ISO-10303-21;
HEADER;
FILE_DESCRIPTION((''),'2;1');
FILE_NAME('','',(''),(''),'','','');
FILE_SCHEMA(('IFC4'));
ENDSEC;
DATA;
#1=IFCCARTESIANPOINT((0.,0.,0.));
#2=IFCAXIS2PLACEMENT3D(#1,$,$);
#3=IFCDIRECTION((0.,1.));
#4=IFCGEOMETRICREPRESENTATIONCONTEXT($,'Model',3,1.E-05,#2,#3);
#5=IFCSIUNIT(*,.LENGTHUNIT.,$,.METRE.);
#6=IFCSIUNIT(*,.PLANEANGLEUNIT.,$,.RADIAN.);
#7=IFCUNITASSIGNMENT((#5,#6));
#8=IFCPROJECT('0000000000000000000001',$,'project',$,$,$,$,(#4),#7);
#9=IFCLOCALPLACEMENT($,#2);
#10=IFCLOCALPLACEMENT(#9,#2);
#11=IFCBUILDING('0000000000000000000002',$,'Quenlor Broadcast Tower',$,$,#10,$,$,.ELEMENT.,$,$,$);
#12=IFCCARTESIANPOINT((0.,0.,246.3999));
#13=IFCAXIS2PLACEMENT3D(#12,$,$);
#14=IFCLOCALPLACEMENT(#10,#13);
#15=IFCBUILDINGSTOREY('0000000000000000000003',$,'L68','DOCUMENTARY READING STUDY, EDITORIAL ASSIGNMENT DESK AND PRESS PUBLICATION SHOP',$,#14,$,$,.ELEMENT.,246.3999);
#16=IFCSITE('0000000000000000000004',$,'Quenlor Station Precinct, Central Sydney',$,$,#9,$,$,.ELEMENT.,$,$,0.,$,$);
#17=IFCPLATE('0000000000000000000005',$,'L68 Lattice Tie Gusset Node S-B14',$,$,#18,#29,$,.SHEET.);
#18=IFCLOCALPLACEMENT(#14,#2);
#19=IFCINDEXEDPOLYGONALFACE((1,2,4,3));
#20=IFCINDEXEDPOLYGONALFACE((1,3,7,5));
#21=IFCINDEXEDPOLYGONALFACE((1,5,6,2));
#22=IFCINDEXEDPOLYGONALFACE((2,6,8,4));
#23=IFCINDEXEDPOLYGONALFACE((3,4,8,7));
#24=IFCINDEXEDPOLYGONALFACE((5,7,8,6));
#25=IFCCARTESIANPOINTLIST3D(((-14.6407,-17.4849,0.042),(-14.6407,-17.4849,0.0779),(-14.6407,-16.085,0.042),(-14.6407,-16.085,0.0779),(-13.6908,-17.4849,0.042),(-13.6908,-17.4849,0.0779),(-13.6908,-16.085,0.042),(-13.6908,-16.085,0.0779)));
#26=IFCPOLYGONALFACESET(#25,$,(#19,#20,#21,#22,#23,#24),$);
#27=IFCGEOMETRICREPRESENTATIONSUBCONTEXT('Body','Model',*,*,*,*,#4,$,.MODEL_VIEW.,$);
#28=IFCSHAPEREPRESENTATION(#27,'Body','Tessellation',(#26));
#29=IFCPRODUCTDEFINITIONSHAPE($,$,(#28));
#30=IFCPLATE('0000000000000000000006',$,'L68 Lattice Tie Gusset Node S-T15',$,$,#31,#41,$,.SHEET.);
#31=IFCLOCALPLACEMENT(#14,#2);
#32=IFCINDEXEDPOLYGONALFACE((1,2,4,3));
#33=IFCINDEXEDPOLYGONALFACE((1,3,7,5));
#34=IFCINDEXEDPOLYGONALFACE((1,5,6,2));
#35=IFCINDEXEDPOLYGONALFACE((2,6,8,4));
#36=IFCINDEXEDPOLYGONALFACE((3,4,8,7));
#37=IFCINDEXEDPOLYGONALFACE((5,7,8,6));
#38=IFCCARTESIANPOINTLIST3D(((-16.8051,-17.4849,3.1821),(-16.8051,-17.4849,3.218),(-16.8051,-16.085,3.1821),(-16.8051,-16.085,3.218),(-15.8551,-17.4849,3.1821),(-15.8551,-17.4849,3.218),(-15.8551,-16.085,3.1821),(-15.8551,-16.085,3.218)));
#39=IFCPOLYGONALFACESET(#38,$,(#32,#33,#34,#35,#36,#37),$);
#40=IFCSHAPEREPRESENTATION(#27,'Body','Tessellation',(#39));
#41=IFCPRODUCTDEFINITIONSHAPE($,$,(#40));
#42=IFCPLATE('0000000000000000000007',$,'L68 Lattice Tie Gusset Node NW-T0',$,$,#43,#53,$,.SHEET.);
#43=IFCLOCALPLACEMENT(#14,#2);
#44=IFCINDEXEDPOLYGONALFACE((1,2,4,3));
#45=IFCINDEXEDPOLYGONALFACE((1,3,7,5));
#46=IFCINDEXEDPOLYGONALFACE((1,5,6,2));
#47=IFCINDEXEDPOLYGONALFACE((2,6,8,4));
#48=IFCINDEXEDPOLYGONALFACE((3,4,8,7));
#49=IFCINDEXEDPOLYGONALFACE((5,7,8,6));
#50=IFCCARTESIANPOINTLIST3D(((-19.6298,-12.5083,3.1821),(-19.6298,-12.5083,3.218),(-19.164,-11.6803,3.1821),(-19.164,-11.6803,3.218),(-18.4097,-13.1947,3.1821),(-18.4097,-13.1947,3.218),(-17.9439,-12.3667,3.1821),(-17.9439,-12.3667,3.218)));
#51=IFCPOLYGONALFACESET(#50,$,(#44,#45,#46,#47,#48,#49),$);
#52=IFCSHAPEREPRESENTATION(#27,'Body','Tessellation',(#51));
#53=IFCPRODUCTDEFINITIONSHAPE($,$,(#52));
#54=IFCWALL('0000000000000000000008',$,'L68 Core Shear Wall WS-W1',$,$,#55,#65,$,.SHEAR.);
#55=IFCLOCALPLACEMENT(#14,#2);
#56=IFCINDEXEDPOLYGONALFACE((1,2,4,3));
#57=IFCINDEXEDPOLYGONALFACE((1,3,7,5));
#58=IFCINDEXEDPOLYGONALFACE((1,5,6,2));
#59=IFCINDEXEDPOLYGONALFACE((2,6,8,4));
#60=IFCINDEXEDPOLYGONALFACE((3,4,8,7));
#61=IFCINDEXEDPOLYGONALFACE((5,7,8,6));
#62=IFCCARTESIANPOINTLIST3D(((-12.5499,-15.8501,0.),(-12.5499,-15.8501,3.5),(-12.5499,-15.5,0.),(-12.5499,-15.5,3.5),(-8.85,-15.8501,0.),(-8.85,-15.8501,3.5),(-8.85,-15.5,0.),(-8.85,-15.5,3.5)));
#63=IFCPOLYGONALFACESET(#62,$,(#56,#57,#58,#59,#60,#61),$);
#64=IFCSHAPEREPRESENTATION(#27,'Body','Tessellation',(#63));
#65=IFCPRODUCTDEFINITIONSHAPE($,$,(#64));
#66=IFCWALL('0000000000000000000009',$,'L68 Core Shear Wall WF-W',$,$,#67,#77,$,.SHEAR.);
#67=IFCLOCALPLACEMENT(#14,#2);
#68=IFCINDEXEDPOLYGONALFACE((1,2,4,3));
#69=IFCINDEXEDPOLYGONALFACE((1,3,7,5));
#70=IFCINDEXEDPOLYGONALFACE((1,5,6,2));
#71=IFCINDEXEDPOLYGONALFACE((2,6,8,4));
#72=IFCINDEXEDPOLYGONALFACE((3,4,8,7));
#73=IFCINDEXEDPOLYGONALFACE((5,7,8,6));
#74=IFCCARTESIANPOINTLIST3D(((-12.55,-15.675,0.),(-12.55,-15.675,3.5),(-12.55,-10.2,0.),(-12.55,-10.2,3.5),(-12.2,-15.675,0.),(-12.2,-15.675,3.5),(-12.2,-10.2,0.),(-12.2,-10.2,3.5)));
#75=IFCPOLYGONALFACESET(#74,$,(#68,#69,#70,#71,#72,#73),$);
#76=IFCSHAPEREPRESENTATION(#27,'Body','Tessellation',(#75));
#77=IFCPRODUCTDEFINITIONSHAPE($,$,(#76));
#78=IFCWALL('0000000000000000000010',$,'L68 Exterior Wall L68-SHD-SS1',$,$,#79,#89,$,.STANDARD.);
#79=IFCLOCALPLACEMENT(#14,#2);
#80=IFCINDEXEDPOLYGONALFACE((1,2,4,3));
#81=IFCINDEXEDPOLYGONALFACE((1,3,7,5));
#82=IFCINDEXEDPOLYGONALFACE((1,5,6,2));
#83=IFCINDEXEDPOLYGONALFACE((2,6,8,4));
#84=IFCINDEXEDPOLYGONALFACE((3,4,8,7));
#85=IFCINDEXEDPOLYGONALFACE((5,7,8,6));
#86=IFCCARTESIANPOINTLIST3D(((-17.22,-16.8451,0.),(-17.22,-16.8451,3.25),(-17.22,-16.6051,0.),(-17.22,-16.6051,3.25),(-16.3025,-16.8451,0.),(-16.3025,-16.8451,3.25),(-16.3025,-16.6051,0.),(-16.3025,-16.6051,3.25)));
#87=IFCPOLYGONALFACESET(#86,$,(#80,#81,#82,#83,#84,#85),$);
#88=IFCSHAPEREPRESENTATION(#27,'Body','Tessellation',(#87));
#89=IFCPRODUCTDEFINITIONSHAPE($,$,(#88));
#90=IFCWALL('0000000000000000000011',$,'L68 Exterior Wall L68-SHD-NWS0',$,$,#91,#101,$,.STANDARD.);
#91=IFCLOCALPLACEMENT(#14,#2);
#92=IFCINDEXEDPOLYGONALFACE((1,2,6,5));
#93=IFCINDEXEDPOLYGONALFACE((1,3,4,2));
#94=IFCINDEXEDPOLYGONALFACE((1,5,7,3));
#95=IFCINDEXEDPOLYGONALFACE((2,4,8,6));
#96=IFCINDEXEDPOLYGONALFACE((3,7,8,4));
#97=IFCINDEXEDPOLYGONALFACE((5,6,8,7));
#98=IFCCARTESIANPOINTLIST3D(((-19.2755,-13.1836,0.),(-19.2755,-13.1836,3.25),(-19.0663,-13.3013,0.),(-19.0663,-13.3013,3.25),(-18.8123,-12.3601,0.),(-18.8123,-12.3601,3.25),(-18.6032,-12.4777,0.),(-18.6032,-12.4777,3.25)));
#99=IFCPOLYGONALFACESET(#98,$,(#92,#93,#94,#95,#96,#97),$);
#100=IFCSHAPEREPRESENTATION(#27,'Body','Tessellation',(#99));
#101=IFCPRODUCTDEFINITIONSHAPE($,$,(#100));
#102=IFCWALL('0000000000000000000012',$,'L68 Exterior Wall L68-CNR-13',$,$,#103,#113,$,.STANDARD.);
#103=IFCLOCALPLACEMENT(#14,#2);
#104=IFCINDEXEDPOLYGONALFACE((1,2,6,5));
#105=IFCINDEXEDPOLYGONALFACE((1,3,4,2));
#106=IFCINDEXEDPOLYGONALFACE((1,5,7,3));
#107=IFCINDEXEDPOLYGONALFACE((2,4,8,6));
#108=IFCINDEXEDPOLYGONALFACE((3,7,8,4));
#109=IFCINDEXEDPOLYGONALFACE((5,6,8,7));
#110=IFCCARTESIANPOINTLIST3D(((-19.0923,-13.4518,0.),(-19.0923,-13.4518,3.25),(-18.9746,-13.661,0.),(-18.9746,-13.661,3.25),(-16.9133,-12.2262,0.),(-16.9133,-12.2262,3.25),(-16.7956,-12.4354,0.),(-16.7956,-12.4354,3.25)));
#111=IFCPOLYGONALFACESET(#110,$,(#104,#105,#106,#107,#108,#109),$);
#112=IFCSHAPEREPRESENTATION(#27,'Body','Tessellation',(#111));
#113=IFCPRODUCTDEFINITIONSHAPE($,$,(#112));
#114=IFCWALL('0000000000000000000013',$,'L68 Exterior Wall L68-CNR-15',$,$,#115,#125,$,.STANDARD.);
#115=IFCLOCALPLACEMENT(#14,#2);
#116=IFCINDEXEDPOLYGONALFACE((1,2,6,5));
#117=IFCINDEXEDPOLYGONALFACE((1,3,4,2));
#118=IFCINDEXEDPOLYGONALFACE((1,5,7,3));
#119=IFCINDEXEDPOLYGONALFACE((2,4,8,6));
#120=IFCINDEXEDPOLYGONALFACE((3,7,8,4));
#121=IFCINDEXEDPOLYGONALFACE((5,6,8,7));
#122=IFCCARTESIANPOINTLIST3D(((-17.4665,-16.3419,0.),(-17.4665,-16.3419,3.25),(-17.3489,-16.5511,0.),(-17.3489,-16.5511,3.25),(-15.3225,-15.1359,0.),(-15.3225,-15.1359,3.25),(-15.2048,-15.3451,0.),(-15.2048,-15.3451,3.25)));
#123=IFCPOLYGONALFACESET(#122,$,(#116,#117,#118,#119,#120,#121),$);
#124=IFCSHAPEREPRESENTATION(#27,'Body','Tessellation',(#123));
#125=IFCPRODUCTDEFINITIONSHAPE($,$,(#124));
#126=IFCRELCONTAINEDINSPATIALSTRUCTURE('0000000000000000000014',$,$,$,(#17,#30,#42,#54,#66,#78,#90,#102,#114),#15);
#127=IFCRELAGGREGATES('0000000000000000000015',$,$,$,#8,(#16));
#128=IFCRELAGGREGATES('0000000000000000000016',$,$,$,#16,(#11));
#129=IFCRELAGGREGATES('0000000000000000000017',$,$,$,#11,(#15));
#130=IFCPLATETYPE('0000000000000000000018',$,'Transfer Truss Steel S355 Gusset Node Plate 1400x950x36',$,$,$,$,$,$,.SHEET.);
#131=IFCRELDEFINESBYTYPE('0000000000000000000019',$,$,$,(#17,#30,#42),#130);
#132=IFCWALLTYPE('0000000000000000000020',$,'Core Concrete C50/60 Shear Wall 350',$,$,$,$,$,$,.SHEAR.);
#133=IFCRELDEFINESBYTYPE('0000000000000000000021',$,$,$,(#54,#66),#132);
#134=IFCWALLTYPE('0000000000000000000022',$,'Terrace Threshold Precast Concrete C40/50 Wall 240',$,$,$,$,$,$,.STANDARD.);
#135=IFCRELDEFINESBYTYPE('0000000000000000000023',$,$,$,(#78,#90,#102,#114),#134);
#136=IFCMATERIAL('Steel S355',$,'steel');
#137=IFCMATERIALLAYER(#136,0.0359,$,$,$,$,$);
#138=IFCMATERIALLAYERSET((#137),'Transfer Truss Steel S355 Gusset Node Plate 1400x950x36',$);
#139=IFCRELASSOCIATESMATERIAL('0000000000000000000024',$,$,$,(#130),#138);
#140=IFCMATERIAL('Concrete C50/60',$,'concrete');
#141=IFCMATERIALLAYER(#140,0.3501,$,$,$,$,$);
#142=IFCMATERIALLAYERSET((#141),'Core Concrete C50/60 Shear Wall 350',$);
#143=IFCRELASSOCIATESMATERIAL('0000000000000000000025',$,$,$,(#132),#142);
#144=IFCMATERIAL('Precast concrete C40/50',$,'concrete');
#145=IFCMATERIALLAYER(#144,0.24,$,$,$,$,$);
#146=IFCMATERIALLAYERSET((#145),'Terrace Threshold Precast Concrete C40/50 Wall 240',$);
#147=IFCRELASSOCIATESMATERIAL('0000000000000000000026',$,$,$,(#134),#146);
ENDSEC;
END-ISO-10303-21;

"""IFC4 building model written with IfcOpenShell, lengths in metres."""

from ifc_helpers import new_model, si_unit, direction, frame, frame_2d, origin, origin_2d, place, context, subcontext, project, spatial, rectangle, extrude, material, layer, layer_set, type_object, element, save


model = new_model("IFC4")

# Units and contexts
model_context = context("Model", 3, precision=1e-05, world=origin(), true_north=direction((0.0, 1.0)))
body_context = subcontext(model_context, "Body", "Model", "MODEL_VIEW")
ifc_project = project(units=[si_unit("LENGTHUNIT", "METRE"), si_unit("PLANEANGLEUNIT", "RADIAN")], contexts=[model_context])

# Site, building, storey
site_placement = place(None, origin())
site = spatial("IfcSite", under=ifc_project, at=site_placement, Name="Quenlor Station Precinct, Central Sydney", CompositionType="ELEMENT", RefElevation=0.0)
building_placement = place(site_placement, origin())
building = spatial("IfcBuilding", under=site, at=building_placement, Name="Quenlor Broadcast Tower", CompositionType="ELEMENT")
storey_placement = place(building_placement, frame((0.0, 0.0, 246.3999)))
storey = spatial("IfcBuildingStorey", under=building, at=storey_placement, Name="L68", Description="DOCUMENTARY READING STUDY, EDITORIAL ASSIGNMENT DESK AND PRESS PUBLICATION SHOP", CompositionType="ELEMENT", Elevation=246.3999)

# Plates
ifc_material_1 = material(Name="Steel S355", Category="steel")
ifc_layer_1 = layer(ifc_material_1, 0.0359)
ifc_layer_set_1 = layer_set([ifc_layer_1], Name="Transfer Truss Steel S355 Gusset Node Plate 1400x950x36")
plate_type = type_object("IfcPlateType", Name="Transfer Truss Steel S355 Gusset Node Plate 1400x950x36", PredefinedType="SHEET", material=ifc_layer_set_1)
for number, where, z_axis, x_axis, name in (
    (1, (-14.1658, -16.7849, 0.042), (0.0, 0.0, 1.0), (0.0, -1.0, 0.0), "L68 Lattice Tie Gusset Node S-B14"),
    (2, (-16.3301, -16.7849, 3.1821), (0.0, 0.0, 1.0), (0.0, -1.0, 0.0), "L68 Lattice Tie Gusset Node S-T15"),
    (3, (-18.7869, -12.4375, 3.1821), (0.0, 0.0, 1.0), (-0.871556, 0.490295, 0.0), "L68 Lattice Tie Gusset Node NW-T0"),
):
    element("IfcPlate", number, at=place(storey_placement, frame(where, z_axis=z_axis, x_axis=x_axis)), inside=storey, type_object=plate_type, Name=name, PredefinedType="SHEET", context=body_context, shape_type="SweptSolid", body=[
        extrude(rectangle(XDim=1.3999, YDim=0.95, at=origin_2d()), origin(), (0.0, 0.0, 1.0), 0.0359),
    ])

# Walls
ifc_material_2 = material(Name="Concrete C50/60", Category="concrete")
ifc_layer_2 = layer(ifc_material_2, 0.3501)
ifc_layer_set_2 = layer_set([ifc_layer_2], Name="Core Concrete C50/60 Shear Wall 350")
wall_type_1 = type_object("IfcWallType", Name="Core Concrete C50/60 Shear Wall 350", PredefinedType="SHEAR", material=ifc_layer_set_2)
wall_1_placement = place(storey_placement, frame((-12.55, -15.675, 0.0), z_axis=(0.0, 0.0, 1.0), x_axis=(1.0, 0.0, 0.0)))
element("IfcWall", 4, at=wall_1_placement, inside=storey, type_object=wall_type_1, Name="L68 Core Shear Wall WS-W1", PredefinedType="SHEAR", context=body_context, shape_type="SweptSolid", body=[
    extrude(rectangle(XDim=3.7, YDim=0.3501, at=frame_2d((1.8501, 0.0))), origin(), (0.0, 0.0, 1.0), 3.5),
])
wall_2_placement = place(storey_placement, frame((-12.375, -15.675, 0.0), z_axis=(0.0, 0.0, 1.0), x_axis=(0.0, 1.0, 0.0)))
element("IfcWall", 5, at=wall_2_placement, inside=storey, type_object=wall_type_1, Name="L68 Core Shear Wall WF-W", PredefinedType="SHEAR", context=body_context, shape_type="SweptSolid", body=[
    extrude(rectangle(XDim=5.4751, YDim=0.3501, at=frame_2d((2.7375, 0.0))), origin(), (0.0, 0.0, 1.0), 3.5),
])
ifc_material_3 = material(Name="Precast concrete C40/50", Category="concrete")
ifc_layer_3 = layer(ifc_material_3, 0.24)
ifc_layer_set_3 = layer_set([ifc_layer_3], Name="Terrace Threshold Precast Concrete C40/50 Wall 240")
wall_type_2 = type_object("IfcWallType", Name="Terrace Threshold Precast Concrete C40/50 Wall 240", PredefinedType="STANDARD", material=ifc_layer_set_3)
wall_3_placement = place(storey_placement, frame((-16.3025, -16.7251, 0.0), z_axis=(0.0, 0.0, 1.0), x_axis=(-1.0, 0.0, 0.0)))
element("IfcWall", 6, at=wall_3_placement, inside=storey, type_object=wall_type_2, Name="L68 Exterior Wall L68-SHD-SS1", PredefinedType="STANDARD", context=body_context, shape_type="SweptSolid", body=[
    extrude(rectangle(XDim=0.9175, YDim=0.24, at=frame_2d((0.4587, 0.0))), origin(), (0.0, 0.0, 1.0), 3.25),
])
wall_4_placement = place(storey_placement, frame((-19.1709, -13.2424, 0.0), z_axis=(0.0, 0.0, 1.0), x_axis=(0.4902, 0.87161, 0.0)))
element("IfcWall", 7, at=wall_4_placement, inside=storey, type_object=wall_type_2, Name="L68 Exterior Wall L68-SHD-NWS0", PredefinedType="STANDARD", context=body_context, shape_type="SweptSolid", body=[
    extrude(rectangle(XDim=0.9448, YDim=0.24, at=frame_2d((0.4724, 0.0))), origin(), (0.0, 0.0, 1.0), 3.25),
])
wall_5_placement = place(storey_placement, frame((-19.0334, -13.5564, 0.0), z_axis=(0.0, 0.0, 1.0), x_axis=(0.871589, 0.490238, 0.0)))
element("IfcWall", 8, at=wall_5_placement, inside=storey, type_object=wall_type_2, Name="L68 Exterior Wall L68-CNR-13", PredefinedType="STANDARD", context=body_context, shape_type="SweptSolid", body=[
    extrude(rectangle(XDim=2.5, YDim=0.24, at=frame_2d((1.25, 0.0))), origin(), (0.0, 0.0, 1.0), 3.25),
])
wall_6_placement = place(storey_placement, frame((-15.2637, -15.2405, 0.0), z_axis=(0.0, 0.0, 1.0), x_axis=(-0.87157, -0.490271, 0.0)))
element("IfcWall", 9, at=wall_6_placement, inside=storey, type_object=wall_type_2, Name="L68 Exterior Wall L68-CNR-15", PredefinedType="STANDARD", context=body_context, shape_type="SweptSolid", body=[
    extrude(rectangle(XDim=2.46, YDim=0.24, at=frame_2d((1.23, 0.0))), origin(), (0.0, 0.0, 1.0), 3.25),
])

save(model, "model.ifc")
